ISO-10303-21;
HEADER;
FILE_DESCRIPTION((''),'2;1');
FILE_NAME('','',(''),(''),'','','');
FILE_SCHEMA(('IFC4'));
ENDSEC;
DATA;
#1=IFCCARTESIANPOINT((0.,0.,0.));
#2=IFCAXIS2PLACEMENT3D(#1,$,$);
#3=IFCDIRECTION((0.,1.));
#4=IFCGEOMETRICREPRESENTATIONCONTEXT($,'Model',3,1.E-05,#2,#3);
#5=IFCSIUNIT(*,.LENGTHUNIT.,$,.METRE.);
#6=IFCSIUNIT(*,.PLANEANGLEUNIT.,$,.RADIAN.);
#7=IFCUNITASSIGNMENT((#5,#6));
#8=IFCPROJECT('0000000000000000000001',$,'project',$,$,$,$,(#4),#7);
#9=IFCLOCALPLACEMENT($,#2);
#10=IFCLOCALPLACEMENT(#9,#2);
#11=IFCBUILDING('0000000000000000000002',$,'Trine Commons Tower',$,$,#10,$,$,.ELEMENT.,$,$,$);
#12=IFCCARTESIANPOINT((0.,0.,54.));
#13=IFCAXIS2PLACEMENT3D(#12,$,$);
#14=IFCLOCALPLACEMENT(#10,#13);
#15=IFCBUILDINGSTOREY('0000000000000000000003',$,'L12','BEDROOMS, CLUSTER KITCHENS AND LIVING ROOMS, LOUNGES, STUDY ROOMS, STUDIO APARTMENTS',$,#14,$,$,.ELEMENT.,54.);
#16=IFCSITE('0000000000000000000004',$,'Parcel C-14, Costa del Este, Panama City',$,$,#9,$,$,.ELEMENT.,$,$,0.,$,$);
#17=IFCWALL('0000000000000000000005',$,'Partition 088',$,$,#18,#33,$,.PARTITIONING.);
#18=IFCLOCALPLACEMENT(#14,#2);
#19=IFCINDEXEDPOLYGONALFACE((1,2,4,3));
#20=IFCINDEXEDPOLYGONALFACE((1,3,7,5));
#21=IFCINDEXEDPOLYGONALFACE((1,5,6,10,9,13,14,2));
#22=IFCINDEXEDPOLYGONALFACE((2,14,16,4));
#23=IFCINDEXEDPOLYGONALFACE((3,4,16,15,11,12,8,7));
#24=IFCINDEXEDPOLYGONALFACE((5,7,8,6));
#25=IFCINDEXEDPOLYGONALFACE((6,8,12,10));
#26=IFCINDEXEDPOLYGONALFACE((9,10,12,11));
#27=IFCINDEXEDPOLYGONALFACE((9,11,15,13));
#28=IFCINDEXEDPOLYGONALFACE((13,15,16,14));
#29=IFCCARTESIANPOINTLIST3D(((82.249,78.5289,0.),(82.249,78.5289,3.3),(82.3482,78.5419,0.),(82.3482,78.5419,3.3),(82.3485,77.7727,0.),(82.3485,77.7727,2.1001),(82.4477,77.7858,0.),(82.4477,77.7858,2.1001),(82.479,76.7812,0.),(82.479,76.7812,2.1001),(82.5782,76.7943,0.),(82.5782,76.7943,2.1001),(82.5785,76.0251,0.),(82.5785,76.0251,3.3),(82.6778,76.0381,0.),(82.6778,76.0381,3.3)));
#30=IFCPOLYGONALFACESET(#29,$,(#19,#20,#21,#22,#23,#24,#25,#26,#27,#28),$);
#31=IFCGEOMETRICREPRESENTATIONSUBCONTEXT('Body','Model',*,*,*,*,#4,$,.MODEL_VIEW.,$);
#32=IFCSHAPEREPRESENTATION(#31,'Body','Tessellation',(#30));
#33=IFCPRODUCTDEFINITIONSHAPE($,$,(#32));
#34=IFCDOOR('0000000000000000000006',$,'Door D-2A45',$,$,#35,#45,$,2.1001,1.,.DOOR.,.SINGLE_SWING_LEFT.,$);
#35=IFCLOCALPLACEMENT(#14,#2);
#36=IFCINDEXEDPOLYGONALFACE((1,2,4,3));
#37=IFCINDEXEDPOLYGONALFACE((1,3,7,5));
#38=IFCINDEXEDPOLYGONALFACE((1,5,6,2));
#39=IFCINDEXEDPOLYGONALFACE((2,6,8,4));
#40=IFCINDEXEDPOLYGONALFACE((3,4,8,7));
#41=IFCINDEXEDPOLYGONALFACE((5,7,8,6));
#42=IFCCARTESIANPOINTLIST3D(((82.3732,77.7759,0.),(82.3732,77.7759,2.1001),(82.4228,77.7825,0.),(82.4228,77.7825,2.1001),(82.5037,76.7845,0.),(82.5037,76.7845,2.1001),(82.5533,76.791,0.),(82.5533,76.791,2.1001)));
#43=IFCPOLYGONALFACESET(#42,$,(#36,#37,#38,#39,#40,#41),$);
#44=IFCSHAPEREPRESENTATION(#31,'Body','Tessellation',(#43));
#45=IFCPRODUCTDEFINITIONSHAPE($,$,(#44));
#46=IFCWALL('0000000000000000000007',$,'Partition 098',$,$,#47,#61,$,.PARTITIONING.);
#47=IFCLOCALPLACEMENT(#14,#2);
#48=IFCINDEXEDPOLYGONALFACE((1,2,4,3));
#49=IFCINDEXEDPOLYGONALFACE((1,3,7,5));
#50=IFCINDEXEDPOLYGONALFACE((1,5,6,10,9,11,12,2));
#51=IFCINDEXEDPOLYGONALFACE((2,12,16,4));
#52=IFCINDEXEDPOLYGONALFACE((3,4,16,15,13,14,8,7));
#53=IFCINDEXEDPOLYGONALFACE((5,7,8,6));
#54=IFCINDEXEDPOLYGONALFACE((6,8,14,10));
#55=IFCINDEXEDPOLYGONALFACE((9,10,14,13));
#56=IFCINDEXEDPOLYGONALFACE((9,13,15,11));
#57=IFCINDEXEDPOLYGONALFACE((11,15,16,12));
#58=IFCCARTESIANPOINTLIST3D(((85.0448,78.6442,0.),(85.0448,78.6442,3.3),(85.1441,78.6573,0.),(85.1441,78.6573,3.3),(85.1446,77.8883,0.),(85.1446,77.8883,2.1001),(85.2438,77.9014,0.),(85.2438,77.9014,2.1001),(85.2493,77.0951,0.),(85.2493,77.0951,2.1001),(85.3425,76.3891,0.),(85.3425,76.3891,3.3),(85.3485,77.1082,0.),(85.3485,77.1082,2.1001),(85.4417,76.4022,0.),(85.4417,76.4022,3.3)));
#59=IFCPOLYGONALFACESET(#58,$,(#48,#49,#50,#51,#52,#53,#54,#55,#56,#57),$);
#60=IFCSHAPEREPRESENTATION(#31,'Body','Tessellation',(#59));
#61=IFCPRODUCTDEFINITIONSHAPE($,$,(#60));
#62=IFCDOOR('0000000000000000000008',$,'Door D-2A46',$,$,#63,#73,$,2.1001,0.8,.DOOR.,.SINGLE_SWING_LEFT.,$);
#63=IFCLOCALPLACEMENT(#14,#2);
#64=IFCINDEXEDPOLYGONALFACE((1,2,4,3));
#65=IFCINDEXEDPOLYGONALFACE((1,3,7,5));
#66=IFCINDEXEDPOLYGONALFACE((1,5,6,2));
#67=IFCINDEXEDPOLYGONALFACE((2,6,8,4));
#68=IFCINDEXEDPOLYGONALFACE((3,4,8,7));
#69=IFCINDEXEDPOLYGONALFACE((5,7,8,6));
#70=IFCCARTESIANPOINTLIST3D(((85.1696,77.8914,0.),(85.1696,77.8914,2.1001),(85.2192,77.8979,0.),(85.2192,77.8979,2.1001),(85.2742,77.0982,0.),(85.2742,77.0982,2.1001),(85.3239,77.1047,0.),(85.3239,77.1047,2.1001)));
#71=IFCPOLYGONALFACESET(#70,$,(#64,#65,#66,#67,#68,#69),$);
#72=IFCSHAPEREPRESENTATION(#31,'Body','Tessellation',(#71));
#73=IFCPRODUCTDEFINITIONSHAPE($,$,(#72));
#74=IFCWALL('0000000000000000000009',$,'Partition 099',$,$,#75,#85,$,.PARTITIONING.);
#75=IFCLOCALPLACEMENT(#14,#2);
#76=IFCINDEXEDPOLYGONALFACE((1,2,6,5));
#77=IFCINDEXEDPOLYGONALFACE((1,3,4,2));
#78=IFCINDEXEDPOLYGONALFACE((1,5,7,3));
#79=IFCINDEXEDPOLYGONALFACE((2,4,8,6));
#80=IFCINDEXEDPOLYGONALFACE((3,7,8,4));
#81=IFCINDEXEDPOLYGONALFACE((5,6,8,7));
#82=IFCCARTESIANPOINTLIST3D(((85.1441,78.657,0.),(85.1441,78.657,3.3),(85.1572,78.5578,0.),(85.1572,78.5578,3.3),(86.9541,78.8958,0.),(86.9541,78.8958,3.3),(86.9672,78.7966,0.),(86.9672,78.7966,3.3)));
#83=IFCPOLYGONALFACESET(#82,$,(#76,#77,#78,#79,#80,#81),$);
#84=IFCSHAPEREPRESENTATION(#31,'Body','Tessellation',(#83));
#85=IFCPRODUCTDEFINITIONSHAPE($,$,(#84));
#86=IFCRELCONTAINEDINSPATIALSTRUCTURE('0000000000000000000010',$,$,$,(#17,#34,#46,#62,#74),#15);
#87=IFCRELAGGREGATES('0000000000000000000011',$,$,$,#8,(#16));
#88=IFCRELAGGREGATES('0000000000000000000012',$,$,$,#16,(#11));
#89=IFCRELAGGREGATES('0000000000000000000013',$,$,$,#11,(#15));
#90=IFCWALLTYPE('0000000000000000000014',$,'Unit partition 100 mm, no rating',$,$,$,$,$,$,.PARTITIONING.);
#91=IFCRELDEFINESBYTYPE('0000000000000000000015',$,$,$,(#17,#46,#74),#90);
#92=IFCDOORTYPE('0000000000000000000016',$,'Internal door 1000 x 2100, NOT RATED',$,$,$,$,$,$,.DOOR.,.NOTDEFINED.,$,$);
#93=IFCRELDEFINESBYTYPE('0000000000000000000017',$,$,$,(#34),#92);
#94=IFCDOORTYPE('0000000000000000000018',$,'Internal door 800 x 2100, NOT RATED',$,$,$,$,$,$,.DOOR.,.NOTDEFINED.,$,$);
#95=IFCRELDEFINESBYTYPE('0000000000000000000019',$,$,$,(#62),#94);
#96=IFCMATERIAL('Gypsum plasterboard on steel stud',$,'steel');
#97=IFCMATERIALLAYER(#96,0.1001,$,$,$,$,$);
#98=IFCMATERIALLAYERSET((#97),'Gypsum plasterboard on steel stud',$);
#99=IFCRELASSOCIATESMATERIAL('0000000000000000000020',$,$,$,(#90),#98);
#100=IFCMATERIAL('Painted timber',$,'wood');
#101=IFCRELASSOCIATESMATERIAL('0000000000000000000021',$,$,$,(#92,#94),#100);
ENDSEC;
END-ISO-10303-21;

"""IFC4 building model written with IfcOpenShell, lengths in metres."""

from ifc_helpers import new_model, si_unit, direction, frame, frame_2d, origin, place, context, subcontext, project, spatial, rectangle, extrude, material, layer, layer_set, type_object, element, fill, save


model = new_model("IFC4")

# Units and contexts
model_context = context("Model", 3, precision=1e-05, world=origin(), true_north=direction((0.0, 1.0)))
body_context = subcontext(model_context, "Body", "Model", "MODEL_VIEW")
ifc_project = project(units=[si_unit("LENGTHUNIT", "METRE"), si_unit("PLANEANGLEUNIT", "RADIAN")], contexts=[model_context])

# Site, building, storey
site_placement = place(None, origin())
site = spatial("IfcSite", under=ifc_project, at=site_placement, Name="Parcel C-14, Costa del Este, Panama City", CompositionType="ELEMENT", RefElevation=0.0)
building_placement = place(site_placement, origin())
building = spatial("IfcBuilding", under=site, at=building_placement, Name="Trine Commons Tower", CompositionType="ELEMENT")
storey_placement = place(building_placement, frame((0.0, 0.0, 54.0)))
storey = spatial("IfcBuildingStorey", under=building, at=storey_placement, Name="L12", Description="BEDROOMS, CLUSTER KITCHENS AND LIVING ROOMS, LOUNGES, STUDY ROOMS, STUDIO APARTMENTS", CompositionType="ELEMENT", Elevation=54.0)

# Shared definitions
ifc_material_1 = material(Name="Gypsum plasterboard on steel stud", Category="steel")

# Shared definitions
ifc_layer_1 = layer(ifc_material_1, 0.1001)
ifc_layer_set_1 = layer_set([ifc_layer_1], Name="Gypsum plasterboard on steel stud")
wall_type_1 = type_object("IfcWallType", Name="Unit partition 100 mm, no rating", PredefinedType="PARTITIONING", material=ifc_layer_set_1)

# Walls, openings, doors
wall_1_placement = place(storey_placement, frame((82.2986, 78.5354, 0.0), z_axis=(0.0, 0.0, 1.0), x_axis=(0.130505, -0.991448, 0.0)))
wall_1 = element("IfcWall", 1, at=wall_1_placement, inside=storey, type_object=wall_type_1, Name="Partition 088", PredefinedType="PARTITIONING", context=body_context, shape_type="SweptSolid", body=[
    extrude(rectangle(XDim=2.5254, YDim=0.1001, at=frame_2d((1.2627, 0.0))), origin(), (0.0, 0.0, 1.0), 3.3),
])
opening_1_placement = place(wall_1_placement, frame((0.7627, 0.0, 0.0)))
opening_1 = element("IfcOpeningElement", 2, at=opening_1_placement, cuts=wall_1, PredefinedType="OPENING", context=body_context, shape_type="SweptSolid", body=[
    extrude(rectangle(XDim=1.0, YDim=2.1001, at=frame_2d((0.5, 1.05))), frame((0.0, 0.0601, 0.0), z_axis=(0.0, -1.0, 0.0), x_axis=(1.0, 0.0, 0.0)), (0.0, 0.0, 1.0), 0.1201),
])
ifc_material_2 = material(Name="Painted timber", Category="wood")
door_type_1 = type_object("IfcDoorType", Name="Internal door 1000 x 2100, NOT RATED", OperationType="NOTDEFINED", PredefinedType="DOOR", material=ifc_material_2)
door_1_placement = place(opening_1_placement, origin())
door_1 = element("IfcDoor", 3, at=door_1_placement, inside=storey, type_object=door_type_1, Name="Door D-2A45", OperationType="SINGLE_SWING_LEFT", OverallHeight=2.1001, OverallWidth=1.0, PredefinedType="DOOR", context=body_context, shape_type="SweptSolid", body=[
    extrude(rectangle(XDim=1.0, YDim=2.1001, at=frame_2d((0.5, 1.05))), frame((0.0, 0.0249, 0.0), z_axis=(0.0, -1.0, 0.0), x_axis=(1.0, 0.0, 0.0)), (0.0, 0.0, 1.0), 0.05),
])
fill(opening_1, door_1)
wall_2_placement = place(storey_placement, frame((85.0945, 78.6506, 0.0), z_axis=(0.0, 0.0, 1.0), x_axis=(0.130835, -0.991404, 0.0)))
wall_2 = element("IfcWall", 4, at=wall_2_placement, inside=storey, type_object=wall_type_1, Name="Partition 098", PredefinedType="PARTITIONING", context=body_context, shape_type="SweptSolid", body=[
    extrude(rectangle(XDim=2.2747, YDim=0.1001, at=frame_2d((1.1372, 0.0))), origin(), (0.0, 0.0, 1.0), 3.3),
])
opening_2_placement = place(wall_2_placement, frame((0.7625, 0.0, 0.0)))
opening_2 = element("IfcOpeningElement", 5, at=opening_2_placement, cuts=wall_2, PredefinedType="OPENING", context=body_context, shape_type="SweptSolid", body=[
    extrude(rectangle(XDim=0.8, YDim=2.1001, at=frame_2d((0.3999, 1.05))), frame((0.0, 0.0601, 0.0), z_axis=(0.0, -1.0, 0.0), x_axis=(1.0, 0.0, 0.0)), (0.0, 0.0, 1.0), 0.1201),
])
door_type_2 = type_object("IfcDoorType", Name="Internal door 800 x 2100, NOT RATED", OperationType="NOTDEFINED", PredefinedType="DOOR", material=ifc_material_2)
door_2_placement = place(opening_2_placement, frame((0.8, 0.0, 0.0), z_axis=(0.0, 0.0, 1.0), x_axis=(-1.0, 0.0, 0.0)))
door_2 = element("IfcDoor", 6, at=door_2_placement, inside=storey, type_object=door_type_2, Name="Door D-2A46", OperationType="SINGLE_SWING_LEFT", OverallHeight=2.1001, OverallWidth=0.8, PredefinedType="DOOR", context=body_context, shape_type="SweptSolid", body=[
    extrude(rectangle(XDim=0.8, YDim=2.1001, at=frame_2d((0.3999, 1.05))), frame((0.0, 0.0249, 0.0), z_axis=(0.0, -1.0, 0.0), x_axis=(1.0, 0.0, 0.0)), (0.0, 0.0, 1.0), 0.05),
])
fill(opening_2, door_2)

# Wall
wall_3_placement = place(storey_placement, frame((85.1506, 78.6074, 0.0), z_axis=(0.0, 0.0, 1.0), x_axis=(0.991411, 0.13078, 0.0)))
element("IfcWall", 7, at=wall_3_placement, inside=storey, type_object=wall_type_1, Name="Partition 099", PredefinedType="PARTITIONING", context=body_context, shape_type="SweptSolid", body=[
    extrude(rectangle(XDim=1.8257, YDim=0.1001, at=frame_2d((0.9128, 0.0))), origin(), (0.0, 0.0, 1.0), 3.3),
])

save(model, "model.ifc")
